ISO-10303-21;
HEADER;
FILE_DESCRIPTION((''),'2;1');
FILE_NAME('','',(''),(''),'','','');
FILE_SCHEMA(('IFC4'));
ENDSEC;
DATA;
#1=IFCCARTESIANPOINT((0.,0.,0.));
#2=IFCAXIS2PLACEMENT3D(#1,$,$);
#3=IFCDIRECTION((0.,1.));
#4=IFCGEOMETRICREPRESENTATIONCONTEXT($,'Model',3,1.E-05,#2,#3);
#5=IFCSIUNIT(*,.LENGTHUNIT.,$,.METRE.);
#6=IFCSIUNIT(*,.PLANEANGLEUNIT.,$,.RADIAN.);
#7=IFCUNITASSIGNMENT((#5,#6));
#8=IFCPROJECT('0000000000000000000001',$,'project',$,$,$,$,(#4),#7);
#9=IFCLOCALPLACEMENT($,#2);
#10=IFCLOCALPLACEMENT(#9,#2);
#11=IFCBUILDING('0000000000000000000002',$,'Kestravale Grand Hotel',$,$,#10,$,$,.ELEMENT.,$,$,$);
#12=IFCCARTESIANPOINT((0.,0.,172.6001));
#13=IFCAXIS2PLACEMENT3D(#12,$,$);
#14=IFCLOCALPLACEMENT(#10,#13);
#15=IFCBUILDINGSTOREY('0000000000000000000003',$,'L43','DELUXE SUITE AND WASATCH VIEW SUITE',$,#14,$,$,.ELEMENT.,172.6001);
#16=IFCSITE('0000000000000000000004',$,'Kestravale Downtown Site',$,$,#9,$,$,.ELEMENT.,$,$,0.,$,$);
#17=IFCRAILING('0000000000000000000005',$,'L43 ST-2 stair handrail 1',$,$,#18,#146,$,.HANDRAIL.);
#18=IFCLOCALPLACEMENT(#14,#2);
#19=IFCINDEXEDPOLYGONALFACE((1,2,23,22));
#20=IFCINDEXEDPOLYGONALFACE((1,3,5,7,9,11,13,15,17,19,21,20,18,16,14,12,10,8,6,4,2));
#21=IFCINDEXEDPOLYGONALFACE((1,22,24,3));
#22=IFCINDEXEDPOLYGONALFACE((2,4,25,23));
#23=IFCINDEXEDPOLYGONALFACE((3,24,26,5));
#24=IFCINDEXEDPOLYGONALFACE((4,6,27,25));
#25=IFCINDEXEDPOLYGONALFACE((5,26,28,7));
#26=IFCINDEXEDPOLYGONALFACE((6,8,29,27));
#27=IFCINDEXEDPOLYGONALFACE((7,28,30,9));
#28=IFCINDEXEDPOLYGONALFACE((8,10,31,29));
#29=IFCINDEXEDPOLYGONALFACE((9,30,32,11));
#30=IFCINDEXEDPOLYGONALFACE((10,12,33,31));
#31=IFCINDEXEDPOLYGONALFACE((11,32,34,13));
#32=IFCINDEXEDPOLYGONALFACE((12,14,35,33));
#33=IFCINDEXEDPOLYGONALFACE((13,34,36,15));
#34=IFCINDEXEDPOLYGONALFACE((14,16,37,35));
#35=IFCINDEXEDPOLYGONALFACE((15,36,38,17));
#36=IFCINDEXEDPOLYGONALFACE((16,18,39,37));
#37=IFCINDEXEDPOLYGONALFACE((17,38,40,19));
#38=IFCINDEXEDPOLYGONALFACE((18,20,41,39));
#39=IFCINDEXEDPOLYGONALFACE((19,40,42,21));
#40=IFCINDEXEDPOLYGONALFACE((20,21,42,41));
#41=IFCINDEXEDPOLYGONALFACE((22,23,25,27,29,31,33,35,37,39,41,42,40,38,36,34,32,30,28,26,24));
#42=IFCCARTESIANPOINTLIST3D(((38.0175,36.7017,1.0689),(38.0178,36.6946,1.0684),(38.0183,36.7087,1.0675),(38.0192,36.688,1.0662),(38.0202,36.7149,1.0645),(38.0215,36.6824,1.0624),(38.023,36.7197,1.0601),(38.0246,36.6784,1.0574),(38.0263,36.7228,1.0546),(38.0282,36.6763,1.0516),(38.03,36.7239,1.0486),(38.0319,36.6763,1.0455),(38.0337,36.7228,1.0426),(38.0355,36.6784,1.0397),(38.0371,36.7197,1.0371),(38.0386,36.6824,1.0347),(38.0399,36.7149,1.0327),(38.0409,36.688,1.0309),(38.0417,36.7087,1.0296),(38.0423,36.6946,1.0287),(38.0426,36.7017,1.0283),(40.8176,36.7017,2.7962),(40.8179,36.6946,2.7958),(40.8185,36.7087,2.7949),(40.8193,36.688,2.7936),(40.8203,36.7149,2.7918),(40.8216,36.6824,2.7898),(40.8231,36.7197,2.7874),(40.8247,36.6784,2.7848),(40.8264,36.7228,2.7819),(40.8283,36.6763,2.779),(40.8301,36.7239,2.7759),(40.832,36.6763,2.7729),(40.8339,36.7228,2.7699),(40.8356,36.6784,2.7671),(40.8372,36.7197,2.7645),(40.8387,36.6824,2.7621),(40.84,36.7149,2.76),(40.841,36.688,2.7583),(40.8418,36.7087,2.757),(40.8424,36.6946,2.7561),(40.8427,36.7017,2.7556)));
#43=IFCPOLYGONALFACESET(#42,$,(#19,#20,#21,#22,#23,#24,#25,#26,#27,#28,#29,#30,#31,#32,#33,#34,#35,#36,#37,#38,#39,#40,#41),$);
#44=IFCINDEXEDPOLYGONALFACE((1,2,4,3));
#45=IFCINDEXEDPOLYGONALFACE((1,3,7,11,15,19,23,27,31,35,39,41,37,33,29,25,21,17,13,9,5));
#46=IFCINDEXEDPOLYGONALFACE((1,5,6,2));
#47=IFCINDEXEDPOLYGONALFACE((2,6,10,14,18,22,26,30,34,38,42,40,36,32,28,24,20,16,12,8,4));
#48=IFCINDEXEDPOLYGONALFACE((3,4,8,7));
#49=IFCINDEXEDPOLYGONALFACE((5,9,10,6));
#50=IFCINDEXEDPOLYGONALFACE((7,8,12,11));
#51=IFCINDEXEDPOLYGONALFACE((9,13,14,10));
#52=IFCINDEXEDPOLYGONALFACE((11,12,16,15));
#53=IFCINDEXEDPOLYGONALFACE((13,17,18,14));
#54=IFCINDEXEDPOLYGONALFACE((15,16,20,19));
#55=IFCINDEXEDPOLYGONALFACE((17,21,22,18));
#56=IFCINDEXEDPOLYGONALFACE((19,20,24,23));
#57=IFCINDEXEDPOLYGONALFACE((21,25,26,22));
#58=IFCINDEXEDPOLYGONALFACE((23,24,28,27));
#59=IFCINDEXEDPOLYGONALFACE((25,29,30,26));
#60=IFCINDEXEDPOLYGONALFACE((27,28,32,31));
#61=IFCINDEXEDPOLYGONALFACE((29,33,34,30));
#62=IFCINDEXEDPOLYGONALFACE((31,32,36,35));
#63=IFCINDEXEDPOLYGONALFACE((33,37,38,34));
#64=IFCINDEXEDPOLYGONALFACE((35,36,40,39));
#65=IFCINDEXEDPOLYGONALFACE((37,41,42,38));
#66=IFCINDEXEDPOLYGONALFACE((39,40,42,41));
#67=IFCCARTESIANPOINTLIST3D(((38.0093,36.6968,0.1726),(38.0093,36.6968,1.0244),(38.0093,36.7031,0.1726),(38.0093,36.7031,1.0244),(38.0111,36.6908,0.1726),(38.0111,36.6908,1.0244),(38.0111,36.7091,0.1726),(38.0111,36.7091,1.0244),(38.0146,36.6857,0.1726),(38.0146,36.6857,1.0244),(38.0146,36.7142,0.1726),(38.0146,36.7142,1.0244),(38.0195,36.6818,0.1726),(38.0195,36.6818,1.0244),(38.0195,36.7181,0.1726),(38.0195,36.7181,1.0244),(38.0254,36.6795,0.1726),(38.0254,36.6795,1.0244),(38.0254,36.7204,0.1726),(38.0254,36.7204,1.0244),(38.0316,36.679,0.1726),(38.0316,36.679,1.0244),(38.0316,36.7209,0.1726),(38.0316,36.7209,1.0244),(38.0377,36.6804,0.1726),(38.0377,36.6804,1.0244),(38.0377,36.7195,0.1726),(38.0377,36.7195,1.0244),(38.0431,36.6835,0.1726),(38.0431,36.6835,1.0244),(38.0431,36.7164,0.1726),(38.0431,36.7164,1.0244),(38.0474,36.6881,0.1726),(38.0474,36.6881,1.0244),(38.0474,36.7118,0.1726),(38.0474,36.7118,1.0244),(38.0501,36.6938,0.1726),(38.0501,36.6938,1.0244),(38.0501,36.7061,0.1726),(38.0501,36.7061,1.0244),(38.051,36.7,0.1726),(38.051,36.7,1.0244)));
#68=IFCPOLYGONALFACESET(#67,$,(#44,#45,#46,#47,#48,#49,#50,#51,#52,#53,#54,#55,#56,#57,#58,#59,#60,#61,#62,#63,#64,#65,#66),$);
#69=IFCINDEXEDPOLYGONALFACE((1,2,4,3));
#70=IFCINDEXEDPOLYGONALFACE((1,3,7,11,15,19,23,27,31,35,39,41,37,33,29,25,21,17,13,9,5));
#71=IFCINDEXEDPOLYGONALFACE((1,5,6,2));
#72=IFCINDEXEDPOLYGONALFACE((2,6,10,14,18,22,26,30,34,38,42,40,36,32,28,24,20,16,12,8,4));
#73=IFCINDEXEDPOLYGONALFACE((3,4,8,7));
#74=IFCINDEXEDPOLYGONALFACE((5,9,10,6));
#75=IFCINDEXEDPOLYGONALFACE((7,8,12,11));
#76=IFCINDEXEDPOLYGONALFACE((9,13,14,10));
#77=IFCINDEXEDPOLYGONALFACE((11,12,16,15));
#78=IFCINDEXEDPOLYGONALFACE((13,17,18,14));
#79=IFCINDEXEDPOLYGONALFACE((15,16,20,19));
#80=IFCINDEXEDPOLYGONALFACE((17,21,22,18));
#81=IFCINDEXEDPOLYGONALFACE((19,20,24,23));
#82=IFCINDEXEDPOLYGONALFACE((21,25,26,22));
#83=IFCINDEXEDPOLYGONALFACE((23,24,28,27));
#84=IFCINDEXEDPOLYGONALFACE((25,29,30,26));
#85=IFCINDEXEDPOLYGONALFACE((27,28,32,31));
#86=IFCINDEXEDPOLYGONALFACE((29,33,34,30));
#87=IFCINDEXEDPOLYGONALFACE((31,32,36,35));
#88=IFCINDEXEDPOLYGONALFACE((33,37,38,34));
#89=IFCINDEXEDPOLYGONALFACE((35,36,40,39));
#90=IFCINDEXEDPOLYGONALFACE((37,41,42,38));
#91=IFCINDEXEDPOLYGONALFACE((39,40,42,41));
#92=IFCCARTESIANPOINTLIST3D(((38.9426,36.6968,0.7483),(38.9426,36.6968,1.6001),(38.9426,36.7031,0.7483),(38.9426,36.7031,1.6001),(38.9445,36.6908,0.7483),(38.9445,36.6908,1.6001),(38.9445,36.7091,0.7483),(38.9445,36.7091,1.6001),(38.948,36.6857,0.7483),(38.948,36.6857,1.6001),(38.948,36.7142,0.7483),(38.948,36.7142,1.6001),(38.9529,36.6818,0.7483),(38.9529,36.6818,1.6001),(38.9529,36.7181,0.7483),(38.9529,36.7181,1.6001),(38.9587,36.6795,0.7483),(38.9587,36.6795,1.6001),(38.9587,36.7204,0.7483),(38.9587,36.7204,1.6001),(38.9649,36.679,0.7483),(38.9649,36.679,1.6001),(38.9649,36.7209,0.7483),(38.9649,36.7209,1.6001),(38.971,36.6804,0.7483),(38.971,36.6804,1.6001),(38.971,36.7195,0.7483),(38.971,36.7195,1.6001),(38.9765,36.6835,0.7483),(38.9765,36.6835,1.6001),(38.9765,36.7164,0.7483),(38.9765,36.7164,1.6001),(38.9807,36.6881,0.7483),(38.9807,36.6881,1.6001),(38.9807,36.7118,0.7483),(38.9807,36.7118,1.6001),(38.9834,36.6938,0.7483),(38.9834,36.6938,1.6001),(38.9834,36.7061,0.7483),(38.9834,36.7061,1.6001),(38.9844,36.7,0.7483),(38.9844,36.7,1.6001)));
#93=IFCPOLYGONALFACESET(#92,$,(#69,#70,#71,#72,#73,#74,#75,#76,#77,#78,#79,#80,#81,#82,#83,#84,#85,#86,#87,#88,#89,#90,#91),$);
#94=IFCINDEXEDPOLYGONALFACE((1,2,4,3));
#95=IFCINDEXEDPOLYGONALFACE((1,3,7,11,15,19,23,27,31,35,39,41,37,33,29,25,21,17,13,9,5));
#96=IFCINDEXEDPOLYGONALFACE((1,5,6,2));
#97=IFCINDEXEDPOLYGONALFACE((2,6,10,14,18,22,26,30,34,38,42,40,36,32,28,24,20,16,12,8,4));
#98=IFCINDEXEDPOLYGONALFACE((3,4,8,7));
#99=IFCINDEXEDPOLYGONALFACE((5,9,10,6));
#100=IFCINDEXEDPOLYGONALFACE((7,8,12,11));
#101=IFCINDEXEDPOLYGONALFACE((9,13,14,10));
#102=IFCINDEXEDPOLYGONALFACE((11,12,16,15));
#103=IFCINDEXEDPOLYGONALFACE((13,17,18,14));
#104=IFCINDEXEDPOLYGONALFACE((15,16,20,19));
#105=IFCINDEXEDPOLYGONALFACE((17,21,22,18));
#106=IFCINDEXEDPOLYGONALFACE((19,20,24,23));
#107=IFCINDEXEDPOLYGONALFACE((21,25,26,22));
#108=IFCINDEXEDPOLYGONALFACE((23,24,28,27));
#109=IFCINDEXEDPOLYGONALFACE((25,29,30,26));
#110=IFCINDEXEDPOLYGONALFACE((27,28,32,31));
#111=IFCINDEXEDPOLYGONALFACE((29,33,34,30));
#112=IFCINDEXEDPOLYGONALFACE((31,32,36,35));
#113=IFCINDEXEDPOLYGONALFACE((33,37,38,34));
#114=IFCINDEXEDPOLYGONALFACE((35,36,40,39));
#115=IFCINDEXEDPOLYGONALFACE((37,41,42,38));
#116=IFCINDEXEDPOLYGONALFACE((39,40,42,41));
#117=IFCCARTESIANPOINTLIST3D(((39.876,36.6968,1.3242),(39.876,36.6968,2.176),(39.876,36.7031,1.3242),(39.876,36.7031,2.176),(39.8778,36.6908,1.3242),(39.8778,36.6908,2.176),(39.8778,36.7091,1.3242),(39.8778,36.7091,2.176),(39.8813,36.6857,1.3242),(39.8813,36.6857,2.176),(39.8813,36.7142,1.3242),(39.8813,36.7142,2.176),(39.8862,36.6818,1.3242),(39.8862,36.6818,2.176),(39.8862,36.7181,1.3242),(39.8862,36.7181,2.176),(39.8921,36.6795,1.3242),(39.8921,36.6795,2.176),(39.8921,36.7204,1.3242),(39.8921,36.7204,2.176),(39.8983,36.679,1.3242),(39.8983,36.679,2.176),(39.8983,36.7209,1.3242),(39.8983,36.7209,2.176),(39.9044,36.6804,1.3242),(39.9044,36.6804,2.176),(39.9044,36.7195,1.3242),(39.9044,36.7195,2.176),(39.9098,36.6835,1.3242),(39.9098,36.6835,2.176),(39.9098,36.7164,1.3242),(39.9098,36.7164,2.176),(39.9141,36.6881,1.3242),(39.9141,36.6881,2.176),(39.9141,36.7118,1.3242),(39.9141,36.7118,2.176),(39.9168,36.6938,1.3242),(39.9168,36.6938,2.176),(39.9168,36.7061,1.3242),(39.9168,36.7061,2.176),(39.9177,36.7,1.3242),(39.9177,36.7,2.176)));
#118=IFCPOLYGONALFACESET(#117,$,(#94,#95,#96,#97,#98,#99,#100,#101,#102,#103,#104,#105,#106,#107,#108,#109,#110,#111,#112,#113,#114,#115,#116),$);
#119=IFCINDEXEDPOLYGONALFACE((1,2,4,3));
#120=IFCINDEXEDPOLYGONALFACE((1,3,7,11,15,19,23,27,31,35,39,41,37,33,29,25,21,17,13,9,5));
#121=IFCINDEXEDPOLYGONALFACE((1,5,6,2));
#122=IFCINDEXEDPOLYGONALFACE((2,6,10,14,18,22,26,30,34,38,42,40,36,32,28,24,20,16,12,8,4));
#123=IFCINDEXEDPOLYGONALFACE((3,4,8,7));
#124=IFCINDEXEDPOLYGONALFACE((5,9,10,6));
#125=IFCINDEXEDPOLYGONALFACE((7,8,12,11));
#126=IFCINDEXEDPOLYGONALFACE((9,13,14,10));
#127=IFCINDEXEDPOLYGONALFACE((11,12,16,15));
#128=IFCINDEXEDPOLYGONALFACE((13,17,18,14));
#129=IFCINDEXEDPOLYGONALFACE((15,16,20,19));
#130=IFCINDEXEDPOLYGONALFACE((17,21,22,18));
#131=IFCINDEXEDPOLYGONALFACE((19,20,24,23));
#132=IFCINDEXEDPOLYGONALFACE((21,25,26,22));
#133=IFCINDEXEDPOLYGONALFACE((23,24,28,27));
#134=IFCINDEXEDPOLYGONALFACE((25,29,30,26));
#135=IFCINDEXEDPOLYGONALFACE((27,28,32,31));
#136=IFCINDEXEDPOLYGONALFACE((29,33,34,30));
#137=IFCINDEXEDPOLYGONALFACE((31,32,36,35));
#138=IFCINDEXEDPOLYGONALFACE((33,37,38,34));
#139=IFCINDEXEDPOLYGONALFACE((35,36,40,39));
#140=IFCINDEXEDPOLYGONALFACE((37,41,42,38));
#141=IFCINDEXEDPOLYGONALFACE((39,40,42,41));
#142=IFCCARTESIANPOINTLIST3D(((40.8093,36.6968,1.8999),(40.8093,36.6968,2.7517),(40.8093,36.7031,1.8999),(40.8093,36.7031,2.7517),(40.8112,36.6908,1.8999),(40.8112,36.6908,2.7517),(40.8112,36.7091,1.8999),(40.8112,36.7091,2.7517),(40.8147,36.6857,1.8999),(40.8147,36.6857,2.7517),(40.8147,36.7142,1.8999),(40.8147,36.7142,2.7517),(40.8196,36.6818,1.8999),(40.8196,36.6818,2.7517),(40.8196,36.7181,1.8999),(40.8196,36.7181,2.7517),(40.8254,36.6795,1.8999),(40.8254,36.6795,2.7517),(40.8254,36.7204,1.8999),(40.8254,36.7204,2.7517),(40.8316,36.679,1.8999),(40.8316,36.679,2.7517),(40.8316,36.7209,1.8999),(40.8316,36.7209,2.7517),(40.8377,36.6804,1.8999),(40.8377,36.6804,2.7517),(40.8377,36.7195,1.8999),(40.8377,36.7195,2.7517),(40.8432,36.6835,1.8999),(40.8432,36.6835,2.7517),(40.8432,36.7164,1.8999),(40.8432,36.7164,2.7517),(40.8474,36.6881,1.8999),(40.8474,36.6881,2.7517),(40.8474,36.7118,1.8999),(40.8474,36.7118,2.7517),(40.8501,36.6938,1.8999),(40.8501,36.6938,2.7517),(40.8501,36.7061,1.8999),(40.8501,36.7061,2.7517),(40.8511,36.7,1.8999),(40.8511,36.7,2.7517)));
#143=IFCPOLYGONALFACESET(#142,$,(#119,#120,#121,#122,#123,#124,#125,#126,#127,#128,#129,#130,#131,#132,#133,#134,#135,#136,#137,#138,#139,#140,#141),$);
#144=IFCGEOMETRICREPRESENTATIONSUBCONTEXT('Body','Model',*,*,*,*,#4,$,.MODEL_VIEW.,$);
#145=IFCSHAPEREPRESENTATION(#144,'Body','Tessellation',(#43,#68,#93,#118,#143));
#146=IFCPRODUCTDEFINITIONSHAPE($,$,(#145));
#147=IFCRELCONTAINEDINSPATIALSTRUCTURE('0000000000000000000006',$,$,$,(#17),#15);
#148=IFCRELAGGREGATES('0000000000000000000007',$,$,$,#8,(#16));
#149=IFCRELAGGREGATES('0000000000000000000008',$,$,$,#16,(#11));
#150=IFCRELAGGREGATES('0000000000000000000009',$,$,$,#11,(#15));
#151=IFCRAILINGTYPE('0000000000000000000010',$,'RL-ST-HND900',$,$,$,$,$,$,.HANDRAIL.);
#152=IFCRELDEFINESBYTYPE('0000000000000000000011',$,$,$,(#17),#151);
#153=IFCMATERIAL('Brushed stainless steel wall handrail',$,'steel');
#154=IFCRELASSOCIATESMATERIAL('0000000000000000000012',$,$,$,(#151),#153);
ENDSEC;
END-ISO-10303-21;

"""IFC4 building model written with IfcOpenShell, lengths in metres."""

from ifc_helpers import new_model, si_unit, direction, frame, origin, origin_2d, place, context, subcontext, project, spatial, circle, extrude, material, type_object, element, save


model = new_model("IFC4")

# Units and contexts
model_context = context("Model", 3, precision=1e-05, world=origin(), true_north=direction((0.0, 1.0)))
body_context = subcontext(model_context, "Body", "Model", "MODEL_VIEW")
ifc_project = project(units=[si_unit("LENGTHUNIT", "METRE"), si_unit("PLANEANGLEUNIT", "RADIAN")], contexts=[model_context])

# Site, building, storey
site_placement = place(None, origin())
site = spatial("IfcSite", under=ifc_project, at=site_placement, Name="Kestravale Downtown Site", CompositionType="ELEMENT", RefElevation=0.0)
building_placement = place(site_placement, origin())
building = spatial("IfcBuilding", under=site, at=building_placement, Name="Kestravale Grand Hotel", CompositionType="ELEMENT")
storey_placement = place(building_placement, frame((0.0, 0.0, 172.6001)))
storey = spatial("IfcBuildingStorey", under=building, at=storey_placement, Name="L43", Description="DELUXE SUITE AND WASATCH VIEW SUITE", CompositionType="ELEMENT", Elevation=172.6001)

# Railing
ifc_material_1 = material(Name="Brushed stainless steel wall handrail", Category="steel")
railing_type_1 = type_object("IfcRailingType", Name="RL-ST-HND900", PredefinedType="HANDRAIL", material=ifc_material_1)
railing_1_placement = place(storey_placement, frame((38.03, 36.7, 0.1726)))
element("IfcRailing", 1, at=railing_1_placement, inside=storey, type_object=railing_type_1, Name="L43 ST-2 stair handrail 1", PredefinedType="HANDRAIL", context=body_context, shape_type="SweptSolid", body=[
    extrude(circle(Radius=0.0239, at=origin_2d()), frame((0.0, 0.0, 0.876), z_axis=(0.85109, 0.0, 0.52502), x_axis=(0.0, 1.0, 0.0)), (0.0, 0.0, 1.0), 3.29),
    extrude(circle(Radius=0.021, at=origin_2d()), origin(), (0.0, 0.0, 1.0), 0.8518),
    extrude(circle(Radius=0.021, at=origin_2d()), frame((0.9333, 0.0, 0.5757)), (0.0, 0.0, 1.0), 0.8518),
    extrude(circle(Radius=0.021, at=origin_2d()), frame((1.8667, 0.0, 1.1516)), (0.0, 0.0, 1.0), 0.8518),
    extrude(circle(Radius=0.021, at=origin_2d()), frame((2.8, 0.0, 1.7273)), (0.0, 0.0, 1.0), 0.8518),
])

save(model, "model.ifc")
